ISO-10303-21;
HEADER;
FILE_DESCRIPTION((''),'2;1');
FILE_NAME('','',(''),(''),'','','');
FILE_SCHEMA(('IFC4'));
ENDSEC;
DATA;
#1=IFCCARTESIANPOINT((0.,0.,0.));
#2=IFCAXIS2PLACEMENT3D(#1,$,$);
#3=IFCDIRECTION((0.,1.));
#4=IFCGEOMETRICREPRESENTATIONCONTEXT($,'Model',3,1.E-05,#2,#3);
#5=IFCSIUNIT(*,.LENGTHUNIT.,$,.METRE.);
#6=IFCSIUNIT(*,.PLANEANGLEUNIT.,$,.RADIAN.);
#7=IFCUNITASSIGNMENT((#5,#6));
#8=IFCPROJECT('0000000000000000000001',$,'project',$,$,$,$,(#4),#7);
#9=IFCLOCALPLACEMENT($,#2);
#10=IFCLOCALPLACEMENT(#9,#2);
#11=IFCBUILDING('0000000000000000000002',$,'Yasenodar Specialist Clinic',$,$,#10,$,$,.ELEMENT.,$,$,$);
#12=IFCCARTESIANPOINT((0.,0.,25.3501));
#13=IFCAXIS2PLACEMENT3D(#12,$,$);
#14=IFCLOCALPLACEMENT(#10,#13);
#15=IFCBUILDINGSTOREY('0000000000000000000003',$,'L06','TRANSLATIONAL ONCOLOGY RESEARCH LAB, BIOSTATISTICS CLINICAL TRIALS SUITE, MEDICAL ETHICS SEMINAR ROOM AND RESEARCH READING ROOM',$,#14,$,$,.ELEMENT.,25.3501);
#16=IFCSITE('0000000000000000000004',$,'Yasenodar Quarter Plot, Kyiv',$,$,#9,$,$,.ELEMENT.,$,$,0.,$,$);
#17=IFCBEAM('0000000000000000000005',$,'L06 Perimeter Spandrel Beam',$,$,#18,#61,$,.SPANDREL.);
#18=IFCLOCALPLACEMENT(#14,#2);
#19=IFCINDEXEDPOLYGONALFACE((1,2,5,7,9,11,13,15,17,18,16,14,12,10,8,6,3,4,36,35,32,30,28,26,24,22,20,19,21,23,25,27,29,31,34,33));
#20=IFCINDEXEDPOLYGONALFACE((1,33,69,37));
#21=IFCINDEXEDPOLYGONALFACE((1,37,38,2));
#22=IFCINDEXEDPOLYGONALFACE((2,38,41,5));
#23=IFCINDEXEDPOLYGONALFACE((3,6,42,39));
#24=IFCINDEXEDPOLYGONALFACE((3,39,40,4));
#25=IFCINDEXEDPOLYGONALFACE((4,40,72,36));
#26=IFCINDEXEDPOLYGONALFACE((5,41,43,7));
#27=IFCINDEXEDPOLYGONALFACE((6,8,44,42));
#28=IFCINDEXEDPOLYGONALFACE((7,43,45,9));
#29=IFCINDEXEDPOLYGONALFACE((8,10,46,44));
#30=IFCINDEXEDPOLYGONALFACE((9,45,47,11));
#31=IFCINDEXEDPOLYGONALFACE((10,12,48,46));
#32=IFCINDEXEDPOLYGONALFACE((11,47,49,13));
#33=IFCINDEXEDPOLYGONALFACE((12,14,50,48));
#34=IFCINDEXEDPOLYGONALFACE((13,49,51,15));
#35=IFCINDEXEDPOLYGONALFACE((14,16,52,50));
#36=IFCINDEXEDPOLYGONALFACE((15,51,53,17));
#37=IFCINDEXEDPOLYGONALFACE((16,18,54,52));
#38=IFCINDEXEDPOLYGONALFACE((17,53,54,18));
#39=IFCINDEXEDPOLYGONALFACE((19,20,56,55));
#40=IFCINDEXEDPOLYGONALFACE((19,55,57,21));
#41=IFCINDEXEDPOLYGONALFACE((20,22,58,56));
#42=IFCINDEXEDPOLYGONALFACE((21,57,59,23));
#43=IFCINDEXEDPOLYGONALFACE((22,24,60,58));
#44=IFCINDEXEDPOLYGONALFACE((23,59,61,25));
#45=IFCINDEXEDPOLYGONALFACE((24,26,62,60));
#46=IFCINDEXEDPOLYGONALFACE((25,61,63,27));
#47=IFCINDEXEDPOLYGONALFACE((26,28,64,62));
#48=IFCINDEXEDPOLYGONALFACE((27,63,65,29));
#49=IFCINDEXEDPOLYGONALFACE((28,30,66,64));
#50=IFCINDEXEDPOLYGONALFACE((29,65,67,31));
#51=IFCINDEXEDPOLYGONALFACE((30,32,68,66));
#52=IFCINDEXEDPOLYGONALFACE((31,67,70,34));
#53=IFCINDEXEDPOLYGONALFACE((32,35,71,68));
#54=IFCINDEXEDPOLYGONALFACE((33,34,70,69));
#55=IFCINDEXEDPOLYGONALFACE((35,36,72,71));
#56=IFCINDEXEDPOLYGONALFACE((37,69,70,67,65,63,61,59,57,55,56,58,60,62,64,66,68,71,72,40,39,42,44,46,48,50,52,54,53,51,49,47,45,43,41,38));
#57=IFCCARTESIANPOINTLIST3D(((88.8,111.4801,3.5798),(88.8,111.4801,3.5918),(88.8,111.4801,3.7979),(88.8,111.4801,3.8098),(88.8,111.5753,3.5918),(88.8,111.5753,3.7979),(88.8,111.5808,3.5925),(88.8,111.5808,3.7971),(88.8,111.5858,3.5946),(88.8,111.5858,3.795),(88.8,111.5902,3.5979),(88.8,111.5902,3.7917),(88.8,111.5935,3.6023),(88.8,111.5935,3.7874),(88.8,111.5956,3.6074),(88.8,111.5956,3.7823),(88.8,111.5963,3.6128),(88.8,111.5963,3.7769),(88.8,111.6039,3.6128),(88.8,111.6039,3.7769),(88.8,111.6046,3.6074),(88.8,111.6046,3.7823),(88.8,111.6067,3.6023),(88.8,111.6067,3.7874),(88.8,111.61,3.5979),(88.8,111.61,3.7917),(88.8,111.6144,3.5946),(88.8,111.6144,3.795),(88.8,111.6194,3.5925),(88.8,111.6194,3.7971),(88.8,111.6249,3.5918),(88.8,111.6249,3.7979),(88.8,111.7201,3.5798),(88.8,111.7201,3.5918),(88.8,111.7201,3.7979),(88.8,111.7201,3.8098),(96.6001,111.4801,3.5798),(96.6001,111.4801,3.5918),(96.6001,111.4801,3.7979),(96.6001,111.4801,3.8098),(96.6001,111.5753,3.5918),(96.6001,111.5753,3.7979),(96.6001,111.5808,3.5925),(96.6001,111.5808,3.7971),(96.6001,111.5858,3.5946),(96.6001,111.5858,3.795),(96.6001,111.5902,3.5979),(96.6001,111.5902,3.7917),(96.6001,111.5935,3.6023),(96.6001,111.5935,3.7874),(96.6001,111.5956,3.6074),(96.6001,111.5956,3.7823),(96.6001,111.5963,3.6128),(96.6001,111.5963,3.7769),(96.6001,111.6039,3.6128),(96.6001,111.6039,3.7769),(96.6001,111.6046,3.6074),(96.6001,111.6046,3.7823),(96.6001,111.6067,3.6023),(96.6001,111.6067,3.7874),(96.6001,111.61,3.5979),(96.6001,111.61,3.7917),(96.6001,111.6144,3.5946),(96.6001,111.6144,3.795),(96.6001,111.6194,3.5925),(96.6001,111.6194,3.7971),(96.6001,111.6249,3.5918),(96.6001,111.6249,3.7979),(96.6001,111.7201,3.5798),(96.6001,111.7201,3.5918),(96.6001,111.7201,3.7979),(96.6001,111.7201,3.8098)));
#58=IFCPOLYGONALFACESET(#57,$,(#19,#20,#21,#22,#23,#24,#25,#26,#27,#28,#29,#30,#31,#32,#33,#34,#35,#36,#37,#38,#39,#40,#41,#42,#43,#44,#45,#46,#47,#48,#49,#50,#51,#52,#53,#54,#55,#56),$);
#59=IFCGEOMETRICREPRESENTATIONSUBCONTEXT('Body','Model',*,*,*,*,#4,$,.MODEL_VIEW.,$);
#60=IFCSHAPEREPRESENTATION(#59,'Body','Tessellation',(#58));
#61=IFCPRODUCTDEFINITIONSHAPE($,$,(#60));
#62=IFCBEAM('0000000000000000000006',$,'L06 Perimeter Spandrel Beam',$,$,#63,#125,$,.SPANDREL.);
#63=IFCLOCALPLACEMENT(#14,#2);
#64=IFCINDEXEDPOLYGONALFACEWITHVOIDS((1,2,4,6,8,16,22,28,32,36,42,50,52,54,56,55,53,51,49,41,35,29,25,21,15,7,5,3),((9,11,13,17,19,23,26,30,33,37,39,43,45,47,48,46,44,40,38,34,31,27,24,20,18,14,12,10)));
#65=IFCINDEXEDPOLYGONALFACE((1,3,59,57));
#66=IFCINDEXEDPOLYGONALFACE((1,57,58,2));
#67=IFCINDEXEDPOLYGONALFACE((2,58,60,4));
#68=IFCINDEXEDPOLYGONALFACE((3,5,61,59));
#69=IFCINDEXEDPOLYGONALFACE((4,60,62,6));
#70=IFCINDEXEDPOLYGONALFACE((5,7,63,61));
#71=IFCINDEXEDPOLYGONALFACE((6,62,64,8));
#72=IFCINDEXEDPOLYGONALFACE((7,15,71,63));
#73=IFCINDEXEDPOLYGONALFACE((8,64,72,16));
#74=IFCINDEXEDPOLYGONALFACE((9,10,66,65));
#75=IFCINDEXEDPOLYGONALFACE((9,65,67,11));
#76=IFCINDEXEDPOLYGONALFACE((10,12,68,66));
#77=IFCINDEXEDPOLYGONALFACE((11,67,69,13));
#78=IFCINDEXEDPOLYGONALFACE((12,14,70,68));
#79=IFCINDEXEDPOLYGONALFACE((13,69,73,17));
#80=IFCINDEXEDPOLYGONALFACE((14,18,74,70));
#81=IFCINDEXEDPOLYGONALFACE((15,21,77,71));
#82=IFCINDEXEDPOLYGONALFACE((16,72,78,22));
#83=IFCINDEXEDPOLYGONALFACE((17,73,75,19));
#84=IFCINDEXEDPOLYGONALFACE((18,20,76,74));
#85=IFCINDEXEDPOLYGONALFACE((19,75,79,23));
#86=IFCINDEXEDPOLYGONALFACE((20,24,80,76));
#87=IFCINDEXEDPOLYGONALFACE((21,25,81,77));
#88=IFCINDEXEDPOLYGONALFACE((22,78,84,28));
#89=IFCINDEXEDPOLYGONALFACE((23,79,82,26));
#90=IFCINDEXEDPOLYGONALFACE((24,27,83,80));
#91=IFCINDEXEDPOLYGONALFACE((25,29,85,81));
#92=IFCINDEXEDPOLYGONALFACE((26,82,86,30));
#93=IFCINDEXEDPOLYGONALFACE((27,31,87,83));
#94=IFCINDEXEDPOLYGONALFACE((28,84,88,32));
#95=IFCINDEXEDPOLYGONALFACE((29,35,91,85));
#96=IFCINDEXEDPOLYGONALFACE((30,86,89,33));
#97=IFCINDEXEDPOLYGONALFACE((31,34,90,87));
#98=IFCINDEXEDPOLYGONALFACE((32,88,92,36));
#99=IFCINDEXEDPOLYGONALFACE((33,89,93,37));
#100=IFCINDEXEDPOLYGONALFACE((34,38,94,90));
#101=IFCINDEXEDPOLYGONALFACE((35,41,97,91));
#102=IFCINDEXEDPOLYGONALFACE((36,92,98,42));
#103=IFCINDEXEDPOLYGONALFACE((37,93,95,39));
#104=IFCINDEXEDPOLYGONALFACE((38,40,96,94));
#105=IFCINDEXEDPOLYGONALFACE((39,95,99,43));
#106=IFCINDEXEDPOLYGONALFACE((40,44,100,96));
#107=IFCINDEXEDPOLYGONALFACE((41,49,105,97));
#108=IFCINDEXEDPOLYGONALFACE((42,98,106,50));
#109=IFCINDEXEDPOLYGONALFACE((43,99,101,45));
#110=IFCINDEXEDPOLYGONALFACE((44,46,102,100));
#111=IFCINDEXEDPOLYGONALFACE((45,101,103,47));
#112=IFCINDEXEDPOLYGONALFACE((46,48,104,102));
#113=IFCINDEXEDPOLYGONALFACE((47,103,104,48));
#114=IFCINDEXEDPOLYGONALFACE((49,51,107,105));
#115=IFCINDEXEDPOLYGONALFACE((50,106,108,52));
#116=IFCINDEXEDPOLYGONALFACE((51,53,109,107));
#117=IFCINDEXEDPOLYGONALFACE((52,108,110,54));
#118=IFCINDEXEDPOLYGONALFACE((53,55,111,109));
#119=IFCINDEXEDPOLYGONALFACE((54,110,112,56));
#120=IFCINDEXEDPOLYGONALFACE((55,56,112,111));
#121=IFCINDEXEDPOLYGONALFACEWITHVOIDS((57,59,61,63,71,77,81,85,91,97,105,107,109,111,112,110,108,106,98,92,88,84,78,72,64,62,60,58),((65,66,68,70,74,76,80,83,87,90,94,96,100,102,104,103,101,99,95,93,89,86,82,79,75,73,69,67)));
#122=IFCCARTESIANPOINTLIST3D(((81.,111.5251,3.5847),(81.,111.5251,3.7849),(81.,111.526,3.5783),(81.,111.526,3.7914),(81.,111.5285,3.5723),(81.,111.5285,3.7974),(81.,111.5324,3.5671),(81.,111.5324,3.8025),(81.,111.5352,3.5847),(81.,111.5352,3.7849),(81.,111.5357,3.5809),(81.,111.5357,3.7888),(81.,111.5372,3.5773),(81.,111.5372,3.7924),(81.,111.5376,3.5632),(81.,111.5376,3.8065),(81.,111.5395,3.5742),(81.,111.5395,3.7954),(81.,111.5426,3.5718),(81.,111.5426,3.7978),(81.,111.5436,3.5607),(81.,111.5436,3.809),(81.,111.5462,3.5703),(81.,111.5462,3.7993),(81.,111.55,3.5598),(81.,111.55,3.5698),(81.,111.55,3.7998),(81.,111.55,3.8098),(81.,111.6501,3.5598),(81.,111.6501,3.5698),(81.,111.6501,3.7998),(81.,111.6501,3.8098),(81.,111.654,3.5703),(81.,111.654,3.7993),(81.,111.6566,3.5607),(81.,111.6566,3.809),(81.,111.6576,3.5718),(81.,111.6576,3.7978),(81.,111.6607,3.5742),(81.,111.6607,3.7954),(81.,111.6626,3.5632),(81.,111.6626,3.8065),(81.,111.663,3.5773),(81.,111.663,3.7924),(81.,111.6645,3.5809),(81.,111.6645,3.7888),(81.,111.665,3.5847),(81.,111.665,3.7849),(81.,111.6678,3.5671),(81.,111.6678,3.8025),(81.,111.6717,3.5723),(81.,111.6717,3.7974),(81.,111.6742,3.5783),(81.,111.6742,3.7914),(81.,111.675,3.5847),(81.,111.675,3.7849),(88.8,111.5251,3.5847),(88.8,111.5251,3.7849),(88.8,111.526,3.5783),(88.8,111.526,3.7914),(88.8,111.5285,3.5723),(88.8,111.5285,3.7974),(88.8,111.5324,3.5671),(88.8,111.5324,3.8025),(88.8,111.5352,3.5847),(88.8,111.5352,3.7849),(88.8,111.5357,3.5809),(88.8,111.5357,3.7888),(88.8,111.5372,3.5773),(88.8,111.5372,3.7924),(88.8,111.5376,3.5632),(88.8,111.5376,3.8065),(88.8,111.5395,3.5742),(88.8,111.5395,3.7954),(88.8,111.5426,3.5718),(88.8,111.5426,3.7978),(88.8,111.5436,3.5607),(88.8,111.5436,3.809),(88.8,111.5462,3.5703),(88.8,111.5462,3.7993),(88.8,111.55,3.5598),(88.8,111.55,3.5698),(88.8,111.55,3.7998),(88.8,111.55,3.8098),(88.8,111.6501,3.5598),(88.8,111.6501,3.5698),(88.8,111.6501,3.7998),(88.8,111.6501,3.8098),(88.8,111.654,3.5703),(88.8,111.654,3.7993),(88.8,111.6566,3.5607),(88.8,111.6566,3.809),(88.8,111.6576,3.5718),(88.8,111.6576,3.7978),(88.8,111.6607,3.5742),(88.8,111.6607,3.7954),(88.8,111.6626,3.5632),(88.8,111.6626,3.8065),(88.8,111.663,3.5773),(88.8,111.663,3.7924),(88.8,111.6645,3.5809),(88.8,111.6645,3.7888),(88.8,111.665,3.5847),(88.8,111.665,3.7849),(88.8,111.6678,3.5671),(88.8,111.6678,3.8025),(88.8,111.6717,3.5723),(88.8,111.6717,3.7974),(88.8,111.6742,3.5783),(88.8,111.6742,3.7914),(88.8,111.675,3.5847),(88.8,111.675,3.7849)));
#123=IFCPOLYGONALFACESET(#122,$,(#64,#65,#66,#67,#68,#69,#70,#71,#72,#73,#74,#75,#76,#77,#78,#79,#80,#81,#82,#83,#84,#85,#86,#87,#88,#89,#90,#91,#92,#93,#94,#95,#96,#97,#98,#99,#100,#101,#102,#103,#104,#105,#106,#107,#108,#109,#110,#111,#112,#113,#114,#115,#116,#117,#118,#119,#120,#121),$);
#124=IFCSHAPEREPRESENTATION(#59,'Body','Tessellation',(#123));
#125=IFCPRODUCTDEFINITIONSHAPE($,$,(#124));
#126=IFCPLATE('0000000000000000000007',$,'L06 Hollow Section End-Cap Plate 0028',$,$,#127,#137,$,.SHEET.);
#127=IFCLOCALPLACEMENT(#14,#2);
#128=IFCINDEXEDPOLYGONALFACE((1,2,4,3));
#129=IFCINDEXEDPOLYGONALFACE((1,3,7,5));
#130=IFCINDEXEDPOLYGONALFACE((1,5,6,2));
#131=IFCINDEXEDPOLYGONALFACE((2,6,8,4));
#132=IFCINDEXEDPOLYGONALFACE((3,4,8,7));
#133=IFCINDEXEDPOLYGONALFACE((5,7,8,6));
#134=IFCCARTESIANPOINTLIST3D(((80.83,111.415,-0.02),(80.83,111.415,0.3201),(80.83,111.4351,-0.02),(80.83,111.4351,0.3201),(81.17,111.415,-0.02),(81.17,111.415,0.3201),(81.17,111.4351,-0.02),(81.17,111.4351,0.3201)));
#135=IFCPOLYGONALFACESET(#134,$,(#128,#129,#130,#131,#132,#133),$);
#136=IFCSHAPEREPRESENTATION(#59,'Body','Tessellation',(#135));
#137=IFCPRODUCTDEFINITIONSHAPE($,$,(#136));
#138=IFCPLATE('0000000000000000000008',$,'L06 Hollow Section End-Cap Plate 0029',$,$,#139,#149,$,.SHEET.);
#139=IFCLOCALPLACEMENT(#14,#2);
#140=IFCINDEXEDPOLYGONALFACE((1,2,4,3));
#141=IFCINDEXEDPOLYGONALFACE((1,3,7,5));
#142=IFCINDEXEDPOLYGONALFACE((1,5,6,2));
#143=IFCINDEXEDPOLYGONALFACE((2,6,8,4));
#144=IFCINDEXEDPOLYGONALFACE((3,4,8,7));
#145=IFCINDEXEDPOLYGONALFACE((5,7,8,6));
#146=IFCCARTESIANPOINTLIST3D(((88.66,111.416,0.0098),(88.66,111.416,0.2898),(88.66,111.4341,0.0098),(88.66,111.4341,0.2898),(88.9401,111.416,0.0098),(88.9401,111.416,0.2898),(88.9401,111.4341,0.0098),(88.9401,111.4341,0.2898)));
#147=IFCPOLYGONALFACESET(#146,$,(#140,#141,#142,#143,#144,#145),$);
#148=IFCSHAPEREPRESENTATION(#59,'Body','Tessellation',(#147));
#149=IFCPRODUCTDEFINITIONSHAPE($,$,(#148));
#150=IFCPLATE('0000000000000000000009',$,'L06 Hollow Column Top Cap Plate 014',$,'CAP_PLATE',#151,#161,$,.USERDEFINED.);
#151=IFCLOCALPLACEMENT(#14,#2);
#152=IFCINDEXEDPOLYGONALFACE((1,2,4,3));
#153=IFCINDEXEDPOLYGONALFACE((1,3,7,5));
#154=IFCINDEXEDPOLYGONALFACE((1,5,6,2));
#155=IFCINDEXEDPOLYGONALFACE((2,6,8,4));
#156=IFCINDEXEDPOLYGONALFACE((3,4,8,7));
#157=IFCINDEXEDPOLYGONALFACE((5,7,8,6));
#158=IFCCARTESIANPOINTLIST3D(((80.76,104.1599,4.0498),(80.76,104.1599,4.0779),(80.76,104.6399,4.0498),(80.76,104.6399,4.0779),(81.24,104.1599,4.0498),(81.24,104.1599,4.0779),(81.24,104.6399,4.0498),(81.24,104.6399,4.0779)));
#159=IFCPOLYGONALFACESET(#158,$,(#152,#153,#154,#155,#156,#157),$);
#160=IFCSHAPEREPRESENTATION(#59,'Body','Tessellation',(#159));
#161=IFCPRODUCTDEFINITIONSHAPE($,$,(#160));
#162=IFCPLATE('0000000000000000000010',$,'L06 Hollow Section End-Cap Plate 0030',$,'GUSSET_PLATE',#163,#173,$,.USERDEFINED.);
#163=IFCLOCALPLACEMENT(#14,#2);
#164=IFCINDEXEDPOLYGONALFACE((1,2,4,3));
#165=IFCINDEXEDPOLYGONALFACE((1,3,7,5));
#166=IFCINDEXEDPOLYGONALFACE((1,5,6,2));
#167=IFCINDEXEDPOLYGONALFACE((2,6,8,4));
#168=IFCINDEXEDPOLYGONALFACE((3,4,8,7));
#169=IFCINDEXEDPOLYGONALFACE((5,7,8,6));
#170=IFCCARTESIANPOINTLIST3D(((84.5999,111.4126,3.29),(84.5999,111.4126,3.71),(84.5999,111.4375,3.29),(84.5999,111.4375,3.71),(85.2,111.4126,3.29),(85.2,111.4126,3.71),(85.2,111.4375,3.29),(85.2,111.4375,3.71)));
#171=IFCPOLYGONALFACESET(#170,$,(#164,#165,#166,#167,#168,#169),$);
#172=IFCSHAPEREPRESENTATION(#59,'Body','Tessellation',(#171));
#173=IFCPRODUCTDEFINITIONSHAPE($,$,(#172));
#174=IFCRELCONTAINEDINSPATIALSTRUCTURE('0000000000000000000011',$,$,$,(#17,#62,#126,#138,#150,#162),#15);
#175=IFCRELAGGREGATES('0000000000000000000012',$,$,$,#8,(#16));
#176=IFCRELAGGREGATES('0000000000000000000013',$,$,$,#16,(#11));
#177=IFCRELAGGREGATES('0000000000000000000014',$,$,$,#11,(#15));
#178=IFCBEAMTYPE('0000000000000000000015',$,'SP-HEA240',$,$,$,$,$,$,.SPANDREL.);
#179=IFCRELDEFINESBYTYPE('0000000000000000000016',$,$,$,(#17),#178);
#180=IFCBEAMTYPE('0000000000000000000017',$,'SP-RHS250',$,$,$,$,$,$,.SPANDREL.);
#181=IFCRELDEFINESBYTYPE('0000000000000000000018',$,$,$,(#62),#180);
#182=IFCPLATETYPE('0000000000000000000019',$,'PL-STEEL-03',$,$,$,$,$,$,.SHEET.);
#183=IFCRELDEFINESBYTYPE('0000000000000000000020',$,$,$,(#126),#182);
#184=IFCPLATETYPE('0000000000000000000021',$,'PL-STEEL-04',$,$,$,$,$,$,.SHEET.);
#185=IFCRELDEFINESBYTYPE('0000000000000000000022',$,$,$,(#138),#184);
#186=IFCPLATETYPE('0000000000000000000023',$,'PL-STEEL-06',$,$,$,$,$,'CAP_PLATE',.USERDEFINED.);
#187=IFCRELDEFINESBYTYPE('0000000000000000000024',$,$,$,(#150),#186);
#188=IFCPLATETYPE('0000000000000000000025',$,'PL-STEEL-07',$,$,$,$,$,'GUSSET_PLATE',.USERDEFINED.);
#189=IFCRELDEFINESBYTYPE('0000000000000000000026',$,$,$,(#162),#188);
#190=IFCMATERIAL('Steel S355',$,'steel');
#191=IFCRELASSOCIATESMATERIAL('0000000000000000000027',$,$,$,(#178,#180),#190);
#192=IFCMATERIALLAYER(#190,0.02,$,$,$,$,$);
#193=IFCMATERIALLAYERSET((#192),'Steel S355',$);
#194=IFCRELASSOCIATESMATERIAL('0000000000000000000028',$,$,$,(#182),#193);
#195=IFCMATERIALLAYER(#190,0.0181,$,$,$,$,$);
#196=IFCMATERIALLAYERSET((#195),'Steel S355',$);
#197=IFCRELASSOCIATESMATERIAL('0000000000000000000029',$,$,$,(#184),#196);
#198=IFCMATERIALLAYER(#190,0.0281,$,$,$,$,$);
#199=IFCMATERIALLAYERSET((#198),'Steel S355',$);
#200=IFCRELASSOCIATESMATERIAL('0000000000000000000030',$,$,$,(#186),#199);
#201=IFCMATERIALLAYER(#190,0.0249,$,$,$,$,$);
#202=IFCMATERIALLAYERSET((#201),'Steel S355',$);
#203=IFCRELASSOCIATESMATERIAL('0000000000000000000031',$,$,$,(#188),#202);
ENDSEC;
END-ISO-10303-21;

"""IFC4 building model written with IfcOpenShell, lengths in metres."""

from ifc_helpers import new_model, si_unit, direction, frame, origin, origin_2d, place, context, subcontext, project, spatial, rectangle, hollow_rectangle, i_section, extrude, material, layer, layer_set, material_profile, profile_set, type_object, element, save


model = new_model("IFC4")

# Units and contexts
model_context = context("Model", 3, precision=1e-05, world=origin(), true_north=direction((0.0, 1.0)))
body_context = subcontext(model_context, "Body", "Model", "MODEL_VIEW")
ifc_project = project(units=[si_unit("LENGTHUNIT", "METRE"), si_unit("PLANEANGLEUNIT", "RADIAN")], contexts=[model_context])

# Site, building, storey
site_placement = place(None, origin())
site = spatial("IfcSite", under=ifc_project, at=site_placement, Name="Yasenodar Quarter Plot, Kyiv", CompositionType="ELEMENT", RefElevation=0.0)
building_placement = place(site_placement, origin())
building = spatial("IfcBuilding", under=site, at=building_placement, Name="Yasenodar Specialist Clinic", CompositionType="ELEMENT")
storey_placement = place(building_placement, frame((0.0, 0.0, 25.3501)))
storey = spatial("IfcBuildingStorey", under=building, at=storey_placement, Name="L06", Description="TRANSLATIONAL ONCOLOGY RESEARCH LAB, BIOSTATISTICS CLINICAL TRIALS SUITE, MEDICAL ETHICS SEMINAR ROOM AND RESEARCH READING ROOM", CompositionType="ELEMENT", Elevation=25.3501)

# Shared definitions
ifc_material_1 = material(Name="Steel S355", Category="steel")

# Beams
ifc_material_profile_1 = material_profile(ifc_material_1, i_section(OverallWidth=0.24, OverallDepth=0.23, WebThickness=0.0076, FlangeThickness=0.012, FilletRadius=0.021, at=origin_2d()), Name="HEA 240")
ifc_profile_set_1 = profile_set([ifc_material_profile_1], Name="Steel S355")
beam_type_1 = type_object("IfcBeamType", Name="SP-HEA240", PredefinedType="SPANDREL", material=ifc_profile_set_1)
beam_1_placement = place(storey_placement, frame((88.8, 111.6001, 3.6948), z_axis=(1.0, 0.0, 0.0), x_axis=(0.0, 1.0, 0.0)))
element("IfcBeam", 1, at=beam_1_placement, inside=storey, type_object=beam_type_1, Name="L06 Perimeter Spandrel Beam", PredefinedType="SPANDREL", context=body_context, shape_type="SweptSolid", body=[
    extrude(i_section(OverallWidth=0.24, OverallDepth=0.23, WebThickness=0.0076, FlangeThickness=0.012, FilletRadius=0.021, at=origin_2d()), origin(), (0.0, 0.0, 1.0), 7.8),
])
ifc_material_profile_2 = material_profile(ifc_material_1, hollow_rectangle(XDim=0.1499, YDim=0.25, WallThickness=0.01, InnerFilletRadius=0.0149, OuterFilletRadius=0.0249, at=origin_2d()), Name="RHS 250x150x10")
ifc_profile_set_2 = profile_set([ifc_material_profile_2], Name="Steel S355")
beam_type_2 = type_object("IfcBeamType", Name="SP-RHS250", PredefinedType="SPANDREL", material=ifc_profile_set_2)
beam_2_placement = place(storey_placement, frame((81.0, 111.6001, 3.6848), z_axis=(1.0, 0.0, 0.0), x_axis=(0.0, 1.0, 0.0)))
element("IfcBeam", 2, at=beam_2_placement, inside=storey, type_object=beam_type_2, Name="L06 Perimeter Spandrel Beam", PredefinedType="SPANDREL", context=body_context, shape_type="SweptSolid", body=[
    extrude(hollow_rectangle(XDim=0.1499, YDim=0.25, WallThickness=0.01, InnerFilletRadius=0.0149, OuterFilletRadius=0.0249, at=origin_2d()), origin(), (0.0, 0.0, 1.0), 7.8),
])

# Plates
ifc_layer_1 = layer(ifc_material_1, 0.02)
ifc_layer_set_1 = layer_set([ifc_layer_1], Name="Steel S355")
plate_type_1 = type_object("IfcPlateType", Name="PL-STEEL-03", PredefinedType="SHEET", material=ifc_layer_set_1)
plate_1_placement = place(storey_placement, frame((81.0, 111.425, -0.02), z_axis=(0.0, 0.0, 1.0), x_axis=(1.0, 0.0, 0.0)))
element("IfcPlate", 3, at=plate_1_placement, inside=storey, type_object=plate_type_1, Name="L06 Hollow Section End-Cap Plate 0028", PredefinedType="SHEET", context=body_context, shape_type="SweptSolid", body=[
    extrude(rectangle(XDim=0.3401, YDim=0.02, at=origin_2d()), origin(), (0.0, 0.0, 1.0), 0.3401),
])
ifc_layer_2 = layer(ifc_material_1, 0.0181)
ifc_layer_set_2 = layer_set([ifc_layer_2], Name="Steel S355")
plate_type_2 = type_object("IfcPlateType", Name="PL-STEEL-04", PredefinedType="SHEET", material=ifc_layer_set_2)
plate_2_placement = place(storey_placement, frame((88.8, 111.425, 0.0098), z_axis=(0.0, 0.0, 1.0), x_axis=(1.0, 0.0, 0.0)))
element("IfcPlate", 4, at=plate_2_placement, inside=storey, type_object=plate_type_2, Name="L06 Hollow Section End-Cap Plate 0029", PredefinedType="SHEET", context=body_context, shape_type="SweptSolid", body=[
    extrude(rectangle(XDim=0.28, YDim=0.0181, at=origin_2d()), origin(), (0.0, 0.0, 1.0), 0.28),
])
ifc_layer_3 = layer(ifc_material_1, 0.0281)
ifc_layer_set_3 = layer_set([ifc_layer_3], Name="Steel S355")
plate_type_3 = type_object("IfcPlateType", Name="PL-STEEL-06", ElementType="CAP_PLATE", PredefinedType="USERDEFINED", material=ifc_layer_set_3)
plate_3_placement = place(storey_placement, frame((81.0, 104.3999, 4.0498), z_axis=(0.0, 0.0, 1.0), x_axis=(1.0, 0.0, 0.0)))
element("IfcPlate", 5, at=plate_3_placement, inside=storey, type_object=plate_type_3, Name="L06 Hollow Column Top Cap Plate 014", ObjectType="CAP_PLATE", PredefinedType="USERDEFINED", context=body_context, shape_type="SweptSolid", body=[
    extrude(rectangle(XDim=0.48, YDim=0.48, at=origin_2d()), origin(), (0.0, 0.0, 1.0), 0.0281),
])
ifc_layer_4 = layer(ifc_material_1, 0.0249)
ifc_layer_set_4 = layer_set([ifc_layer_4], Name="Steel S355")
plate_type_4 = type_object("IfcPlateType", Name="PL-STEEL-07", ElementType="GUSSET_PLATE", PredefinedType="USERDEFINED", material=ifc_layer_set_4)
plate_4_placement = place(storey_placement, frame((84.8999, 111.425, 3.29), z_axis=(0.0, 0.0, 1.0), x_axis=(1.0, 0.0, 0.0)))
element("IfcPlate", 6, at=plate_4_placement, inside=storey, type_object=plate_type_4, Name="L06 Hollow Section End-Cap Plate 0030", ObjectType="GUSSET_PLATE", PredefinedType="USERDEFINED", context=body_context, shape_type="SweptSolid", body=[
    extrude(rectangle(XDim=0.6001, YDim=0.0249, at=origin_2d()), origin(), (0.0, 0.0, 1.0), 0.4199),
])

save(model, "model.ifc")
